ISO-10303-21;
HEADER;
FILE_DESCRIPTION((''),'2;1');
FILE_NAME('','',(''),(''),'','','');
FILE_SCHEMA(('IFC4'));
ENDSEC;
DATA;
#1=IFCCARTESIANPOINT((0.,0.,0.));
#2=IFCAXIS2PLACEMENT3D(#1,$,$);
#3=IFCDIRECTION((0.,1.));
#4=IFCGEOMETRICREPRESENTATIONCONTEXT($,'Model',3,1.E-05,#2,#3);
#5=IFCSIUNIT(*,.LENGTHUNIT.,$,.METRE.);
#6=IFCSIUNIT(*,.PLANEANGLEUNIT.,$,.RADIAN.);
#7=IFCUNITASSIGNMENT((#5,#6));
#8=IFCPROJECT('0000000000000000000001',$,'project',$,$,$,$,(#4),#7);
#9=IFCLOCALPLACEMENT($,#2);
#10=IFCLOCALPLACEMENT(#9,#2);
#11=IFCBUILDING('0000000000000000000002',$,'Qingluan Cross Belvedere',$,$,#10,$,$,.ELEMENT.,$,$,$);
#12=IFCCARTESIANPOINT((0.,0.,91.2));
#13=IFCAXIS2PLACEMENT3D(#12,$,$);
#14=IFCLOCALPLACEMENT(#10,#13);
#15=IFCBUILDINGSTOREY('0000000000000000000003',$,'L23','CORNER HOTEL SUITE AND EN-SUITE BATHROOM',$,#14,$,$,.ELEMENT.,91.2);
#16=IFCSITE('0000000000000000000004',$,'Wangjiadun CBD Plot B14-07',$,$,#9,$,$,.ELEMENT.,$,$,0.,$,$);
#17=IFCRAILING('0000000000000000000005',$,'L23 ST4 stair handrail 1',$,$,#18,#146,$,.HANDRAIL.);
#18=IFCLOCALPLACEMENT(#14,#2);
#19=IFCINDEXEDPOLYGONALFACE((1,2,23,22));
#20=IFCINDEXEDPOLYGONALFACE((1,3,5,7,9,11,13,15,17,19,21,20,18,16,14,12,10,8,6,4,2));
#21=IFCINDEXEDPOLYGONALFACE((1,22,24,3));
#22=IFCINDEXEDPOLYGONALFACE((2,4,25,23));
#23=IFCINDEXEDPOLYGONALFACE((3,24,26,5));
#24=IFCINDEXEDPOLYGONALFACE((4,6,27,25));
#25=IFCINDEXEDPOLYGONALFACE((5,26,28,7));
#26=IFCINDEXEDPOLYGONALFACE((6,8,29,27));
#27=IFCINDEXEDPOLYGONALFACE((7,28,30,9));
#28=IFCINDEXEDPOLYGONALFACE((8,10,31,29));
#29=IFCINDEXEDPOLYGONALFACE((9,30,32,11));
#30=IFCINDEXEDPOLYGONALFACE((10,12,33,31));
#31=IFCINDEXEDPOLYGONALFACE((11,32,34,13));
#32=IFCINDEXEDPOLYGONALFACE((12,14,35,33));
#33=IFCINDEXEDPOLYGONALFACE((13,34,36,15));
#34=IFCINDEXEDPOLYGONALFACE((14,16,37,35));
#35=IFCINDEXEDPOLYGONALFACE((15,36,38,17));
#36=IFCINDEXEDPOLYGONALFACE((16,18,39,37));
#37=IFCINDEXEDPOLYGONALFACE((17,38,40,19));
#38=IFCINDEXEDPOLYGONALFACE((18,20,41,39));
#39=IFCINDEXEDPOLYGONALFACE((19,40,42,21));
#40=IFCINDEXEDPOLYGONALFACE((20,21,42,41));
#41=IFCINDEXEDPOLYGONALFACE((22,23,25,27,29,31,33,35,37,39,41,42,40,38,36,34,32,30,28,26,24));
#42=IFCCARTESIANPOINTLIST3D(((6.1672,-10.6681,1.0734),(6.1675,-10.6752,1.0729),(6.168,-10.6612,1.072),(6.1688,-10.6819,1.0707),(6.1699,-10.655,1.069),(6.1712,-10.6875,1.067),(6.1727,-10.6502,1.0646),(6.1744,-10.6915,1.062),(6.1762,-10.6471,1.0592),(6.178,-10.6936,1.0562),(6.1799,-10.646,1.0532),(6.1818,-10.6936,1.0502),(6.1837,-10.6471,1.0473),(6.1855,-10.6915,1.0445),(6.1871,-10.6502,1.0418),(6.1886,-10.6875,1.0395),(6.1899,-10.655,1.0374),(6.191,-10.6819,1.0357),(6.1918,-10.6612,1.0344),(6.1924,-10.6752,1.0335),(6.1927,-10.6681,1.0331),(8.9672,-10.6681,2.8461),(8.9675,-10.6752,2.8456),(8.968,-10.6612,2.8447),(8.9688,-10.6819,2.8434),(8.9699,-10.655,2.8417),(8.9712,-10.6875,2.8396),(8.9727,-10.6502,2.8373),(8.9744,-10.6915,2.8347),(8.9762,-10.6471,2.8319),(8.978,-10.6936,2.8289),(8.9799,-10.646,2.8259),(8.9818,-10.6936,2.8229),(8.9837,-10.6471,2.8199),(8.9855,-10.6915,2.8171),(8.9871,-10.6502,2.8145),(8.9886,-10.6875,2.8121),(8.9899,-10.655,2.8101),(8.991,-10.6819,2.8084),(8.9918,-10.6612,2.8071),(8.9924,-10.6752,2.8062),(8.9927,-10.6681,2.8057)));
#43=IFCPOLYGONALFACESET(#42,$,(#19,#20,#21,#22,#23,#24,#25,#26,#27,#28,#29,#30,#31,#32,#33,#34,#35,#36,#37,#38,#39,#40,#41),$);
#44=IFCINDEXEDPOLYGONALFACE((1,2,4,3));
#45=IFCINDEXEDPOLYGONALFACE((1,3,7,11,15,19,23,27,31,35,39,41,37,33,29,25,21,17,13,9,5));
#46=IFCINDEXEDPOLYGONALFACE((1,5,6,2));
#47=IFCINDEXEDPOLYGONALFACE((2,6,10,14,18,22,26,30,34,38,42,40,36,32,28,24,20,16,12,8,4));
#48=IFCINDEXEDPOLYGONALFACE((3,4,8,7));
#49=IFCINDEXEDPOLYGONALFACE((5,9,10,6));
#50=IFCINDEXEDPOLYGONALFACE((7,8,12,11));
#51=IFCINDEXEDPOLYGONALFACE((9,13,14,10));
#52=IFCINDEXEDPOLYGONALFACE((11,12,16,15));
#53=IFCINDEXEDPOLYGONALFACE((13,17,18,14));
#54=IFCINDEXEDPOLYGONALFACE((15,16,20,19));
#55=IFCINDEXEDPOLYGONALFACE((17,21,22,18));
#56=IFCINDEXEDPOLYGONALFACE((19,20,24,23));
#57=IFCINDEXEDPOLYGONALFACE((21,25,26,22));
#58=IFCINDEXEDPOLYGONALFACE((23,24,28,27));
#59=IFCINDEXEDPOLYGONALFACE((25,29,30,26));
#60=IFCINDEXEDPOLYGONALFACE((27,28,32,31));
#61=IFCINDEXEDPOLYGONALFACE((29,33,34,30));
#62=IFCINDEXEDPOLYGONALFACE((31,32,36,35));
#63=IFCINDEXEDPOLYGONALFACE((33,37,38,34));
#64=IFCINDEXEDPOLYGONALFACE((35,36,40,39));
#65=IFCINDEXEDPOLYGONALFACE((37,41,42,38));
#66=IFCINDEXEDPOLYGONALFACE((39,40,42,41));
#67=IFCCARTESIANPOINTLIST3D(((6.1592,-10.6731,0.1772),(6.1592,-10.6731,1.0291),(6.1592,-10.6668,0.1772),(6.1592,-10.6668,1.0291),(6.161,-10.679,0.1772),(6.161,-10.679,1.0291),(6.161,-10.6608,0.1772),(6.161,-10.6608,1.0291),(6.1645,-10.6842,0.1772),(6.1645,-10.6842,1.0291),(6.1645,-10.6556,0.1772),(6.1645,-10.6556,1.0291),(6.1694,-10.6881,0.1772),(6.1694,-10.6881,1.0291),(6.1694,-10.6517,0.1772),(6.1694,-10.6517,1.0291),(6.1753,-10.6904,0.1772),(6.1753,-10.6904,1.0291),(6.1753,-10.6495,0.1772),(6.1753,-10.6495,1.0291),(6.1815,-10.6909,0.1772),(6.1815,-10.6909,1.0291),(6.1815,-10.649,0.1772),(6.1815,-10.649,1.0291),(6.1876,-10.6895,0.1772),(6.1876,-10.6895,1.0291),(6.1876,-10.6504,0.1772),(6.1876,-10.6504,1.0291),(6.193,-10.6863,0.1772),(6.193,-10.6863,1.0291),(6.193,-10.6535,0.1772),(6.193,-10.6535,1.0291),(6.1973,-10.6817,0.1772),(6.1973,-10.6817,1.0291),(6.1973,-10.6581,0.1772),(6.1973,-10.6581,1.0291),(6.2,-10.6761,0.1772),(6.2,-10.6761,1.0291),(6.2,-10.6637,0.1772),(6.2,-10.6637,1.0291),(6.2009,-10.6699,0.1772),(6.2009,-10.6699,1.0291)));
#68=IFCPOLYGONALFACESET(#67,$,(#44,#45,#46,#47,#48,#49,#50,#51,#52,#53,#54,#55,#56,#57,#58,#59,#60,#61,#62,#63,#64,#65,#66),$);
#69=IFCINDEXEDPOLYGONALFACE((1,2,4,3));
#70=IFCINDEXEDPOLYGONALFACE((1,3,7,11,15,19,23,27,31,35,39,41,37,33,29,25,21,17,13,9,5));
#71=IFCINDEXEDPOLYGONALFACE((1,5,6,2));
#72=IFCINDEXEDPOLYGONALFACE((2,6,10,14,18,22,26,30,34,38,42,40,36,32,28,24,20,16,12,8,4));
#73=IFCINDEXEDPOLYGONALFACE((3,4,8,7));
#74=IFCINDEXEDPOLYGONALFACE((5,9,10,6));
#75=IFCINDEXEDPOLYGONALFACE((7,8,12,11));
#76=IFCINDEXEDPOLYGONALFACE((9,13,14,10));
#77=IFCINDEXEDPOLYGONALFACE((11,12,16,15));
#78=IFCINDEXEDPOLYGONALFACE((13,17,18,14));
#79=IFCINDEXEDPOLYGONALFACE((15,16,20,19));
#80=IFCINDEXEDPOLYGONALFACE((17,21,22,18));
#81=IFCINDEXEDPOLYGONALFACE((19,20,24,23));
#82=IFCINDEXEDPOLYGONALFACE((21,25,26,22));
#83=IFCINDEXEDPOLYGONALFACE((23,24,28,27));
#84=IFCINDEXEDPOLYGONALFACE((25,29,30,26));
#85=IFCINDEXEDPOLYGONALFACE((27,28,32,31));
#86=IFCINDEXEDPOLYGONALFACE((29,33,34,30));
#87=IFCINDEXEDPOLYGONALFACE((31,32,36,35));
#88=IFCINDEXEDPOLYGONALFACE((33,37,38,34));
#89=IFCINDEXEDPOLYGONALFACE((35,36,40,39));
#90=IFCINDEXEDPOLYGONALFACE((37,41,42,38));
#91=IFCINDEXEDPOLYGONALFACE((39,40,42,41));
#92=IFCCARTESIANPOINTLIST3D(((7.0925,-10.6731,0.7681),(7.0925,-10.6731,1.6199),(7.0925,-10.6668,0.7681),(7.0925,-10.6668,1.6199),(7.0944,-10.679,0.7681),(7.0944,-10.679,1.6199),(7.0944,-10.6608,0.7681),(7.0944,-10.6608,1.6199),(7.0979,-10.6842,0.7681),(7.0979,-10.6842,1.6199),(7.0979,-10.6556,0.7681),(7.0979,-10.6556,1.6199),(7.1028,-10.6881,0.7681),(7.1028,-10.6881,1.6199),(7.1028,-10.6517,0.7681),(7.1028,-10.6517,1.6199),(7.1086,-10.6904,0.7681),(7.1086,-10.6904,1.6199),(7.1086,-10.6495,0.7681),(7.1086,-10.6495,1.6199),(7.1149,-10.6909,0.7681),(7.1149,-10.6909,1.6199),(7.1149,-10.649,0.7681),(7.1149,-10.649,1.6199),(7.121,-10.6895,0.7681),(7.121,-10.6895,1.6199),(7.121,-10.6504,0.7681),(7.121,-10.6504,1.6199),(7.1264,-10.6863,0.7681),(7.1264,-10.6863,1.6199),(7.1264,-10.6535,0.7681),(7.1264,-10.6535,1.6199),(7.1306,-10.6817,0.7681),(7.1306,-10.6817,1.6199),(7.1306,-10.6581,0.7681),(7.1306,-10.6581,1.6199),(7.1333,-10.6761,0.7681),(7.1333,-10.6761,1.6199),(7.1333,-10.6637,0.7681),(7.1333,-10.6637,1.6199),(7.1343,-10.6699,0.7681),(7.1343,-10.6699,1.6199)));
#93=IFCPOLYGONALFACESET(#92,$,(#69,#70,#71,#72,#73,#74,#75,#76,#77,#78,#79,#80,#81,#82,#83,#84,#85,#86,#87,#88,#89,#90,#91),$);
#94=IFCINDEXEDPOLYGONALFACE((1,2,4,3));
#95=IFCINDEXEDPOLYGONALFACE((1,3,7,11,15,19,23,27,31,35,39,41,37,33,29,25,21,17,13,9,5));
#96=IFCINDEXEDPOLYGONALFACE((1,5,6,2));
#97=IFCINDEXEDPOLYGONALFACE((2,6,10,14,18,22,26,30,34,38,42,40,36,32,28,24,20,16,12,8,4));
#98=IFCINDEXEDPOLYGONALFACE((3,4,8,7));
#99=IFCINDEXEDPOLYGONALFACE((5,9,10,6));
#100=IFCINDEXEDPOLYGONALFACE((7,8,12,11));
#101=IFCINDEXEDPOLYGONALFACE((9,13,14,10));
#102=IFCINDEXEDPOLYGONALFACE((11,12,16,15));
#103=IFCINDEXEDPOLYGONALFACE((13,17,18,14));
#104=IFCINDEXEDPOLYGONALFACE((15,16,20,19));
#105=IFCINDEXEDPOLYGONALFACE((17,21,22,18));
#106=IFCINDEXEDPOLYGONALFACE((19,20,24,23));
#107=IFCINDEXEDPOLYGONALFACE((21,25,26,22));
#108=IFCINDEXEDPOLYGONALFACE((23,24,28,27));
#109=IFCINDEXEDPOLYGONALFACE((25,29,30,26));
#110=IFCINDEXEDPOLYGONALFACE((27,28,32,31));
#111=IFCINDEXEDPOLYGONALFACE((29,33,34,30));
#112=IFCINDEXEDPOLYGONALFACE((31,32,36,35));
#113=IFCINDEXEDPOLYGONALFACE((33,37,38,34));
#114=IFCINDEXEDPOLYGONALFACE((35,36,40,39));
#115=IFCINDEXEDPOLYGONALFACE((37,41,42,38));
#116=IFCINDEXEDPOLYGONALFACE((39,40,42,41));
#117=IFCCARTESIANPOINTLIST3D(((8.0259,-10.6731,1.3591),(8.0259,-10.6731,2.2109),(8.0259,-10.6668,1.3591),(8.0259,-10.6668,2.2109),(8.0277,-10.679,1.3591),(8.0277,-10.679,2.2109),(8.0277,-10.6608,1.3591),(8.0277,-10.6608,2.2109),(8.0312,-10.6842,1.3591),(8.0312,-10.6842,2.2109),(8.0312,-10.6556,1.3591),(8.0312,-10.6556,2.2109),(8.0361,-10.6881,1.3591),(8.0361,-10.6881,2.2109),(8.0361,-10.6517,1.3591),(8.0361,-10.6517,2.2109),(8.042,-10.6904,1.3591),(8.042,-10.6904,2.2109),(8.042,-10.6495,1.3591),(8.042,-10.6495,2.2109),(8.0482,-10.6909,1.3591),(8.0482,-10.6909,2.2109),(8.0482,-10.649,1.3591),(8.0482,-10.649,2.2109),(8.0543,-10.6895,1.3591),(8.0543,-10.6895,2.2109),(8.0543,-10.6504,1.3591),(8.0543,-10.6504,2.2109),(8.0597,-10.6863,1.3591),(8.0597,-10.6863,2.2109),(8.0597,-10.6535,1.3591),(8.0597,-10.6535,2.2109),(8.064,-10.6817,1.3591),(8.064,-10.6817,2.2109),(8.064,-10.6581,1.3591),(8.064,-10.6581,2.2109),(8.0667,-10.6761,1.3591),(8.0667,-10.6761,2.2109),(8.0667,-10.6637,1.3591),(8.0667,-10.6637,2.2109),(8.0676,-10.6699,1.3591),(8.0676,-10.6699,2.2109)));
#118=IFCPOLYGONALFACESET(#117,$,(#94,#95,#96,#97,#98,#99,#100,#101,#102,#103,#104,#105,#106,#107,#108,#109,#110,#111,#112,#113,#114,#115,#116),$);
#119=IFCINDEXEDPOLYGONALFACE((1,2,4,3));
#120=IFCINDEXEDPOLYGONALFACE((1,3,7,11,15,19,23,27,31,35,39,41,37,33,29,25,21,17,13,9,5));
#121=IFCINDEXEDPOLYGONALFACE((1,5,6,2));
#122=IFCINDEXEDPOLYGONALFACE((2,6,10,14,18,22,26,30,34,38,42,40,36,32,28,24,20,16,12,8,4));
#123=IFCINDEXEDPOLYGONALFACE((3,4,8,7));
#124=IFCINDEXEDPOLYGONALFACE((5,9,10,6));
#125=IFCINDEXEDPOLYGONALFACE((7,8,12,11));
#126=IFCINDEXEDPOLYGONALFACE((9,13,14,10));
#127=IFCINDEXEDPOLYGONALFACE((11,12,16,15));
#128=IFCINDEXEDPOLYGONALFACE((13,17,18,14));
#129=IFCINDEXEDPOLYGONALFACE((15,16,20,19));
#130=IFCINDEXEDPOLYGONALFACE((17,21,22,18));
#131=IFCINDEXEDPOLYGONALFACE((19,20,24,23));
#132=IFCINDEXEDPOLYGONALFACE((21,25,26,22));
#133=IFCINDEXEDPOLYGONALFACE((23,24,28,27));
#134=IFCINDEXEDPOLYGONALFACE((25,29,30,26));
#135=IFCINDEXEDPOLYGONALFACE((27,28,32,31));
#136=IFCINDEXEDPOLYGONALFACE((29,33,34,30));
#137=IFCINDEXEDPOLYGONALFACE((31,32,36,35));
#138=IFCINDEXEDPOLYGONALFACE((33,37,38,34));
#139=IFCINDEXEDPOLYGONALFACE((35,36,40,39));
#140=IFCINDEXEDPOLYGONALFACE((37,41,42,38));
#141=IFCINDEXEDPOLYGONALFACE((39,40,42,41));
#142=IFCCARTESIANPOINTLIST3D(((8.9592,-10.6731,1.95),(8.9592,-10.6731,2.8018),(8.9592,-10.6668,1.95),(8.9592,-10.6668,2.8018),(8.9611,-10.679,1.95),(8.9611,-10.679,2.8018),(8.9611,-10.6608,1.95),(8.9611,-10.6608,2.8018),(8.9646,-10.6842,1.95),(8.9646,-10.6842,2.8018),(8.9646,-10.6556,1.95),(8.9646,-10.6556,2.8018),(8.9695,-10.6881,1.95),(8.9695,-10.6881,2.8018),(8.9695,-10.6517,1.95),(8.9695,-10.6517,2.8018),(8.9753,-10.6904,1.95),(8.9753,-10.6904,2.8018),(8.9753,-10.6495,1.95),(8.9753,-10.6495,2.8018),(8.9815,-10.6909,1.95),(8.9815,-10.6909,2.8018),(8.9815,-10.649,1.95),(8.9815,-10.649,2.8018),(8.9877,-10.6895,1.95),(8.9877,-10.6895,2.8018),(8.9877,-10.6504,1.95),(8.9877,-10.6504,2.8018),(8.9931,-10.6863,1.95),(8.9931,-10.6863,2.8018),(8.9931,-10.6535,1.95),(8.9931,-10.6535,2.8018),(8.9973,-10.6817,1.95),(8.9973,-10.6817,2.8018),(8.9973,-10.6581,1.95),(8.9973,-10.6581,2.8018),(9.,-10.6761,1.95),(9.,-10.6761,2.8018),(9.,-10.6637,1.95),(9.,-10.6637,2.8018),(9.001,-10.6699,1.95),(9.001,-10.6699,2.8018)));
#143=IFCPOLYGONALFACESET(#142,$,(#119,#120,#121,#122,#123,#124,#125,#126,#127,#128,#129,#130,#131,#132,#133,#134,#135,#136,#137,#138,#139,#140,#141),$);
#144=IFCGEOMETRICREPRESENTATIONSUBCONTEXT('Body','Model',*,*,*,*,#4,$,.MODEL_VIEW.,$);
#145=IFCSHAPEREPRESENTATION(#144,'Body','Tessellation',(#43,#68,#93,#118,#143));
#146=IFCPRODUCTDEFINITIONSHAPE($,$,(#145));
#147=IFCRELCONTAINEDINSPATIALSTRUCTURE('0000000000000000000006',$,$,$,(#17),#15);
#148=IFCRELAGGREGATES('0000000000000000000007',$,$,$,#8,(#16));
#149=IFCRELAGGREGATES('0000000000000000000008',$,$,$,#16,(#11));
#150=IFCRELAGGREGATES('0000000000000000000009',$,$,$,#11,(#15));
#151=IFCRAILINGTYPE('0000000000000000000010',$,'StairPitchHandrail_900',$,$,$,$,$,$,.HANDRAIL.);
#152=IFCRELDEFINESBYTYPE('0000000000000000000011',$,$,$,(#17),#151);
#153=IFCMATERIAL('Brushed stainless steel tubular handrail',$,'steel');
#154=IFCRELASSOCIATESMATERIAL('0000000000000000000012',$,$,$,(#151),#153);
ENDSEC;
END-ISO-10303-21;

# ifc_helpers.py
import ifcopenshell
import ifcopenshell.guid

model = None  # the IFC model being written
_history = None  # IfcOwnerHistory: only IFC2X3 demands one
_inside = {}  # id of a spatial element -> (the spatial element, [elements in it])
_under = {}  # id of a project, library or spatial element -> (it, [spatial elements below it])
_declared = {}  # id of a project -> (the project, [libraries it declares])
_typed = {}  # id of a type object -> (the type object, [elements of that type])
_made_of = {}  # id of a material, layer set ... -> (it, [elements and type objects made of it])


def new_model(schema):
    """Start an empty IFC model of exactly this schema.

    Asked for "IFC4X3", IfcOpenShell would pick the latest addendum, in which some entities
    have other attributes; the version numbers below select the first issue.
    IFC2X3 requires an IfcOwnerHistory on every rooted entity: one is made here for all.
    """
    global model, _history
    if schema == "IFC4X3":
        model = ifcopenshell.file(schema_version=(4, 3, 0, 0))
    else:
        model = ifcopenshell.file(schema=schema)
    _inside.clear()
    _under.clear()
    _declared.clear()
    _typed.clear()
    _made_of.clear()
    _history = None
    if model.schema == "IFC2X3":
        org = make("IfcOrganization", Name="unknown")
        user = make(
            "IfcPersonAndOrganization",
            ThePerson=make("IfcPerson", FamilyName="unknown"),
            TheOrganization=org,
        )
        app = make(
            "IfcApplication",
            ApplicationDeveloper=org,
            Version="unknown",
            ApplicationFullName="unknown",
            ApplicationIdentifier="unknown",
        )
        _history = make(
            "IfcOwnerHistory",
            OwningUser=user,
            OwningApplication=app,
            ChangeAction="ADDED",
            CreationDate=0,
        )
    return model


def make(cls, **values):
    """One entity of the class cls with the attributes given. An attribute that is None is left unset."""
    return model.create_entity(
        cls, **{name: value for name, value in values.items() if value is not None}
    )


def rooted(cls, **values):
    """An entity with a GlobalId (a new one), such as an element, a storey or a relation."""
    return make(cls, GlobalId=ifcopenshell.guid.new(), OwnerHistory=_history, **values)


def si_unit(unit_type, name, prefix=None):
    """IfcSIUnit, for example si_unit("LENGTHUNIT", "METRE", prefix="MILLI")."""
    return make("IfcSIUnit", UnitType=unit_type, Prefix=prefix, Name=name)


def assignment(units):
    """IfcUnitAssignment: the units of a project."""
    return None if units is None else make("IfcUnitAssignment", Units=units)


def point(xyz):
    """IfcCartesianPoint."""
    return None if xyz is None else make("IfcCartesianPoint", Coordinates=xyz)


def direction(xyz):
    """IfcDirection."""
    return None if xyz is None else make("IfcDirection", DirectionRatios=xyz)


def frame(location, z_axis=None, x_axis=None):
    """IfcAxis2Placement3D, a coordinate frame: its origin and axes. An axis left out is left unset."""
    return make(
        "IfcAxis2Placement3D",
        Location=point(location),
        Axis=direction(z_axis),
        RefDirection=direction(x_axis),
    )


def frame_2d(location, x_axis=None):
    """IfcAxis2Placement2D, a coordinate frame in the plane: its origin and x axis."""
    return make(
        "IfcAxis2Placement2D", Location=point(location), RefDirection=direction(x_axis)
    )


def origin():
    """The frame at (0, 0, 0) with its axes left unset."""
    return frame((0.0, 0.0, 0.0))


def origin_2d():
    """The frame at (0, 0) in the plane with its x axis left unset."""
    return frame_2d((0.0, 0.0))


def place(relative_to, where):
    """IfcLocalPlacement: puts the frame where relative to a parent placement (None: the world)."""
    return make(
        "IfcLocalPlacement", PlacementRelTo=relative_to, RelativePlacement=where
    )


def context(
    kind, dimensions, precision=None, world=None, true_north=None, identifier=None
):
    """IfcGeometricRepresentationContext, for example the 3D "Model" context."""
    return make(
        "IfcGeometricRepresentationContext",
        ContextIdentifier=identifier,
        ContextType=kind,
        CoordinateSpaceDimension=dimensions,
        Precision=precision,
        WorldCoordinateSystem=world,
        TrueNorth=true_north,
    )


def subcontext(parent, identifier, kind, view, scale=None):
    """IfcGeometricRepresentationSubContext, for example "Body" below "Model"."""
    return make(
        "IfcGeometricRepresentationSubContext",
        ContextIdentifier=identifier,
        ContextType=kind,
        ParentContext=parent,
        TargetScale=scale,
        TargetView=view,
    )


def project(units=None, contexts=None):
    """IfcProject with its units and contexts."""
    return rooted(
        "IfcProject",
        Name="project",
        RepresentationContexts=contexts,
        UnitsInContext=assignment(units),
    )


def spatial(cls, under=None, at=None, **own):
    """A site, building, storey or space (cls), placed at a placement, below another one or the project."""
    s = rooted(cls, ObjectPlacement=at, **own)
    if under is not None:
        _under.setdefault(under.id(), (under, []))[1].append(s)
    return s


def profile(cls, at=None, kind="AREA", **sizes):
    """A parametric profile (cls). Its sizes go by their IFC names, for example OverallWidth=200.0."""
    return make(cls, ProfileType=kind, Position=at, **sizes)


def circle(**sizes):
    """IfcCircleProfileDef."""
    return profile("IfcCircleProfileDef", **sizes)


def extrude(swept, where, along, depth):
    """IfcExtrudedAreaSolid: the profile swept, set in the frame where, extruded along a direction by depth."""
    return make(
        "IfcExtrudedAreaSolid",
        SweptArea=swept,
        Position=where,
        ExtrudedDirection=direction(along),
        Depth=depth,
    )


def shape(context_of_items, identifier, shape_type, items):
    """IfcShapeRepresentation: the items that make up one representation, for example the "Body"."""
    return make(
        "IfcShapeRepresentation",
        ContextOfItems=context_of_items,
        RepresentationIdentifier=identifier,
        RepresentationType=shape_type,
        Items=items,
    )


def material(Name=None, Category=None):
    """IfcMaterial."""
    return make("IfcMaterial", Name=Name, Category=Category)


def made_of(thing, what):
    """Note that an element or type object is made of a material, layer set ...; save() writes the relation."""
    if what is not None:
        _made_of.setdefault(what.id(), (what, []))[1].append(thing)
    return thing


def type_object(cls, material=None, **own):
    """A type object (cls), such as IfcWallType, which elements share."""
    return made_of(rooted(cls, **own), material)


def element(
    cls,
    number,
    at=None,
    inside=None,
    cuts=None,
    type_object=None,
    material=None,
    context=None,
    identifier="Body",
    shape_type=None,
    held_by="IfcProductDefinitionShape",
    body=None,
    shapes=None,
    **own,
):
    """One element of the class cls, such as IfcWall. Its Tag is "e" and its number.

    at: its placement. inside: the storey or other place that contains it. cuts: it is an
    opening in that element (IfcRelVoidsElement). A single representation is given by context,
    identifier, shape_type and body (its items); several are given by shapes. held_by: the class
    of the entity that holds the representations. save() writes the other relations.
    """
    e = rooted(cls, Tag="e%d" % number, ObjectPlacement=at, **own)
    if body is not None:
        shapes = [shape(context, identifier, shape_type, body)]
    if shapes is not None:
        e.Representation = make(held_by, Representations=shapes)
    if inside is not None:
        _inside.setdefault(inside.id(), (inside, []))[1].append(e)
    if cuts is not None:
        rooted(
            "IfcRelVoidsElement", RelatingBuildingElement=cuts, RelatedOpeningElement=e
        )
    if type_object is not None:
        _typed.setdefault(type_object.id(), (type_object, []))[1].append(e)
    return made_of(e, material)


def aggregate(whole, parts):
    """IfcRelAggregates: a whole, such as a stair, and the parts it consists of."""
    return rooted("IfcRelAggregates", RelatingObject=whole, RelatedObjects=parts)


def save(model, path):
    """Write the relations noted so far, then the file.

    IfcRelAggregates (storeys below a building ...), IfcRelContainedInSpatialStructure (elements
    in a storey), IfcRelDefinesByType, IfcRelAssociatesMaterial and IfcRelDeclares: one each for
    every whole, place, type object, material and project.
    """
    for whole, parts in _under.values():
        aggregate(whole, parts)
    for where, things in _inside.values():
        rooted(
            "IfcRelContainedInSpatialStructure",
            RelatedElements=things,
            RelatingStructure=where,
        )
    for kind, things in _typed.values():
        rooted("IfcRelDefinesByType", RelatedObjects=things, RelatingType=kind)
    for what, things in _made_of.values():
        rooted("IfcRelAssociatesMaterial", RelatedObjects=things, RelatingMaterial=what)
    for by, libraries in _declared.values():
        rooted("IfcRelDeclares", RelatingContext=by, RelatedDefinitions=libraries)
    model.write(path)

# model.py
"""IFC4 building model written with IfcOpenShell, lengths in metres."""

from ifc_helpers import new_model, si_unit, direction, frame, origin, origin_2d, place, context, subcontext, project, spatial, circle, extrude, material, type_object, element, save


model = new_model("IFC4")

# Units and contexts
model_context = context("Model", 3, precision=1e-05, world=origin(), true_north=direction((0.0, 1.0)))
body_context = subcontext(model_context, "Body", "Model", "MODEL_VIEW")
ifc_project = project(units=[si_unit("LENGTHUNIT", "METRE"), si_unit("PLANEANGLEUNIT", "RADIAN")], contexts=[model_context])

# Site, building, storey
site_placement = place(None, origin())
site = spatial("IfcSite", under=ifc_project, at=site_placement, Name="Wangjiadun CBD Plot B14-07", CompositionType="ELEMENT", RefElevation=0.0)
building_placement = place(site_placement, origin())
building = spatial("IfcBuilding", under=site, at=building_placement, Name="Qingluan Cross Belvedere", CompositionType="ELEMENT")
storey_placement = place(building_placement, frame((0.0, 0.0, 91.2)))
storey = spatial("IfcBuildingStorey", under=building, at=storey_placement, Name="L23", Description="CORNER HOTEL SUITE AND EN-SUITE BATHROOM", CompositionType="ELEMENT", Elevation=91.2)

# Railing
ifc_material_1 = material(Name="Brushed stainless steel tubular handrail", Category="steel")
railing_type_1 = type_object("IfcRailingType", Name="StairPitchHandrail_900", PredefinedType="HANDRAIL", material=ifc_material_1)
for number, where, name in (
    (1, (6.1799, -10.6699, 0.1772), "L23 ST4 stair handrail 1"),
):
    element("IfcRailing", number, at=place(storey_placement, frame(where)), inside=storey, type_object=railing_type_1, Name=name, PredefinedType="HANDRAIL", context=body_context, shape_type="SweptSolid", body=[
        extrude(circle(Radius=0.0239, at=origin_2d()), frame((0.0, 0.0, 0.876), z_axis=(0.844909, 0.0, 0.53491), x_axis=(0.0, 1.0, 0.0)), (0.0, 0.0, 1.0), 3.314),
        extrude(circle(Radius=0.021, at=origin_2d()), origin(), (0.0, 0.0, 1.0), 0.8518),
        extrude(circle(Radius=0.021, at=origin_2d()), frame((0.9333, 0.0, 0.5908)), (0.0, 0.0, 1.0), 0.8518),
        extrude(circle(Radius=0.021, at=origin_2d()), frame((1.8667, 0.0, 1.1819)), (0.0, 0.0, 1.0), 0.8518),
        extrude(circle(Radius=0.021, at=origin_2d()), frame((2.8, 0.0, 1.7727)), (0.0, 0.0, 1.0), 0.8518),
    ])

save(model, "model.ifc")
